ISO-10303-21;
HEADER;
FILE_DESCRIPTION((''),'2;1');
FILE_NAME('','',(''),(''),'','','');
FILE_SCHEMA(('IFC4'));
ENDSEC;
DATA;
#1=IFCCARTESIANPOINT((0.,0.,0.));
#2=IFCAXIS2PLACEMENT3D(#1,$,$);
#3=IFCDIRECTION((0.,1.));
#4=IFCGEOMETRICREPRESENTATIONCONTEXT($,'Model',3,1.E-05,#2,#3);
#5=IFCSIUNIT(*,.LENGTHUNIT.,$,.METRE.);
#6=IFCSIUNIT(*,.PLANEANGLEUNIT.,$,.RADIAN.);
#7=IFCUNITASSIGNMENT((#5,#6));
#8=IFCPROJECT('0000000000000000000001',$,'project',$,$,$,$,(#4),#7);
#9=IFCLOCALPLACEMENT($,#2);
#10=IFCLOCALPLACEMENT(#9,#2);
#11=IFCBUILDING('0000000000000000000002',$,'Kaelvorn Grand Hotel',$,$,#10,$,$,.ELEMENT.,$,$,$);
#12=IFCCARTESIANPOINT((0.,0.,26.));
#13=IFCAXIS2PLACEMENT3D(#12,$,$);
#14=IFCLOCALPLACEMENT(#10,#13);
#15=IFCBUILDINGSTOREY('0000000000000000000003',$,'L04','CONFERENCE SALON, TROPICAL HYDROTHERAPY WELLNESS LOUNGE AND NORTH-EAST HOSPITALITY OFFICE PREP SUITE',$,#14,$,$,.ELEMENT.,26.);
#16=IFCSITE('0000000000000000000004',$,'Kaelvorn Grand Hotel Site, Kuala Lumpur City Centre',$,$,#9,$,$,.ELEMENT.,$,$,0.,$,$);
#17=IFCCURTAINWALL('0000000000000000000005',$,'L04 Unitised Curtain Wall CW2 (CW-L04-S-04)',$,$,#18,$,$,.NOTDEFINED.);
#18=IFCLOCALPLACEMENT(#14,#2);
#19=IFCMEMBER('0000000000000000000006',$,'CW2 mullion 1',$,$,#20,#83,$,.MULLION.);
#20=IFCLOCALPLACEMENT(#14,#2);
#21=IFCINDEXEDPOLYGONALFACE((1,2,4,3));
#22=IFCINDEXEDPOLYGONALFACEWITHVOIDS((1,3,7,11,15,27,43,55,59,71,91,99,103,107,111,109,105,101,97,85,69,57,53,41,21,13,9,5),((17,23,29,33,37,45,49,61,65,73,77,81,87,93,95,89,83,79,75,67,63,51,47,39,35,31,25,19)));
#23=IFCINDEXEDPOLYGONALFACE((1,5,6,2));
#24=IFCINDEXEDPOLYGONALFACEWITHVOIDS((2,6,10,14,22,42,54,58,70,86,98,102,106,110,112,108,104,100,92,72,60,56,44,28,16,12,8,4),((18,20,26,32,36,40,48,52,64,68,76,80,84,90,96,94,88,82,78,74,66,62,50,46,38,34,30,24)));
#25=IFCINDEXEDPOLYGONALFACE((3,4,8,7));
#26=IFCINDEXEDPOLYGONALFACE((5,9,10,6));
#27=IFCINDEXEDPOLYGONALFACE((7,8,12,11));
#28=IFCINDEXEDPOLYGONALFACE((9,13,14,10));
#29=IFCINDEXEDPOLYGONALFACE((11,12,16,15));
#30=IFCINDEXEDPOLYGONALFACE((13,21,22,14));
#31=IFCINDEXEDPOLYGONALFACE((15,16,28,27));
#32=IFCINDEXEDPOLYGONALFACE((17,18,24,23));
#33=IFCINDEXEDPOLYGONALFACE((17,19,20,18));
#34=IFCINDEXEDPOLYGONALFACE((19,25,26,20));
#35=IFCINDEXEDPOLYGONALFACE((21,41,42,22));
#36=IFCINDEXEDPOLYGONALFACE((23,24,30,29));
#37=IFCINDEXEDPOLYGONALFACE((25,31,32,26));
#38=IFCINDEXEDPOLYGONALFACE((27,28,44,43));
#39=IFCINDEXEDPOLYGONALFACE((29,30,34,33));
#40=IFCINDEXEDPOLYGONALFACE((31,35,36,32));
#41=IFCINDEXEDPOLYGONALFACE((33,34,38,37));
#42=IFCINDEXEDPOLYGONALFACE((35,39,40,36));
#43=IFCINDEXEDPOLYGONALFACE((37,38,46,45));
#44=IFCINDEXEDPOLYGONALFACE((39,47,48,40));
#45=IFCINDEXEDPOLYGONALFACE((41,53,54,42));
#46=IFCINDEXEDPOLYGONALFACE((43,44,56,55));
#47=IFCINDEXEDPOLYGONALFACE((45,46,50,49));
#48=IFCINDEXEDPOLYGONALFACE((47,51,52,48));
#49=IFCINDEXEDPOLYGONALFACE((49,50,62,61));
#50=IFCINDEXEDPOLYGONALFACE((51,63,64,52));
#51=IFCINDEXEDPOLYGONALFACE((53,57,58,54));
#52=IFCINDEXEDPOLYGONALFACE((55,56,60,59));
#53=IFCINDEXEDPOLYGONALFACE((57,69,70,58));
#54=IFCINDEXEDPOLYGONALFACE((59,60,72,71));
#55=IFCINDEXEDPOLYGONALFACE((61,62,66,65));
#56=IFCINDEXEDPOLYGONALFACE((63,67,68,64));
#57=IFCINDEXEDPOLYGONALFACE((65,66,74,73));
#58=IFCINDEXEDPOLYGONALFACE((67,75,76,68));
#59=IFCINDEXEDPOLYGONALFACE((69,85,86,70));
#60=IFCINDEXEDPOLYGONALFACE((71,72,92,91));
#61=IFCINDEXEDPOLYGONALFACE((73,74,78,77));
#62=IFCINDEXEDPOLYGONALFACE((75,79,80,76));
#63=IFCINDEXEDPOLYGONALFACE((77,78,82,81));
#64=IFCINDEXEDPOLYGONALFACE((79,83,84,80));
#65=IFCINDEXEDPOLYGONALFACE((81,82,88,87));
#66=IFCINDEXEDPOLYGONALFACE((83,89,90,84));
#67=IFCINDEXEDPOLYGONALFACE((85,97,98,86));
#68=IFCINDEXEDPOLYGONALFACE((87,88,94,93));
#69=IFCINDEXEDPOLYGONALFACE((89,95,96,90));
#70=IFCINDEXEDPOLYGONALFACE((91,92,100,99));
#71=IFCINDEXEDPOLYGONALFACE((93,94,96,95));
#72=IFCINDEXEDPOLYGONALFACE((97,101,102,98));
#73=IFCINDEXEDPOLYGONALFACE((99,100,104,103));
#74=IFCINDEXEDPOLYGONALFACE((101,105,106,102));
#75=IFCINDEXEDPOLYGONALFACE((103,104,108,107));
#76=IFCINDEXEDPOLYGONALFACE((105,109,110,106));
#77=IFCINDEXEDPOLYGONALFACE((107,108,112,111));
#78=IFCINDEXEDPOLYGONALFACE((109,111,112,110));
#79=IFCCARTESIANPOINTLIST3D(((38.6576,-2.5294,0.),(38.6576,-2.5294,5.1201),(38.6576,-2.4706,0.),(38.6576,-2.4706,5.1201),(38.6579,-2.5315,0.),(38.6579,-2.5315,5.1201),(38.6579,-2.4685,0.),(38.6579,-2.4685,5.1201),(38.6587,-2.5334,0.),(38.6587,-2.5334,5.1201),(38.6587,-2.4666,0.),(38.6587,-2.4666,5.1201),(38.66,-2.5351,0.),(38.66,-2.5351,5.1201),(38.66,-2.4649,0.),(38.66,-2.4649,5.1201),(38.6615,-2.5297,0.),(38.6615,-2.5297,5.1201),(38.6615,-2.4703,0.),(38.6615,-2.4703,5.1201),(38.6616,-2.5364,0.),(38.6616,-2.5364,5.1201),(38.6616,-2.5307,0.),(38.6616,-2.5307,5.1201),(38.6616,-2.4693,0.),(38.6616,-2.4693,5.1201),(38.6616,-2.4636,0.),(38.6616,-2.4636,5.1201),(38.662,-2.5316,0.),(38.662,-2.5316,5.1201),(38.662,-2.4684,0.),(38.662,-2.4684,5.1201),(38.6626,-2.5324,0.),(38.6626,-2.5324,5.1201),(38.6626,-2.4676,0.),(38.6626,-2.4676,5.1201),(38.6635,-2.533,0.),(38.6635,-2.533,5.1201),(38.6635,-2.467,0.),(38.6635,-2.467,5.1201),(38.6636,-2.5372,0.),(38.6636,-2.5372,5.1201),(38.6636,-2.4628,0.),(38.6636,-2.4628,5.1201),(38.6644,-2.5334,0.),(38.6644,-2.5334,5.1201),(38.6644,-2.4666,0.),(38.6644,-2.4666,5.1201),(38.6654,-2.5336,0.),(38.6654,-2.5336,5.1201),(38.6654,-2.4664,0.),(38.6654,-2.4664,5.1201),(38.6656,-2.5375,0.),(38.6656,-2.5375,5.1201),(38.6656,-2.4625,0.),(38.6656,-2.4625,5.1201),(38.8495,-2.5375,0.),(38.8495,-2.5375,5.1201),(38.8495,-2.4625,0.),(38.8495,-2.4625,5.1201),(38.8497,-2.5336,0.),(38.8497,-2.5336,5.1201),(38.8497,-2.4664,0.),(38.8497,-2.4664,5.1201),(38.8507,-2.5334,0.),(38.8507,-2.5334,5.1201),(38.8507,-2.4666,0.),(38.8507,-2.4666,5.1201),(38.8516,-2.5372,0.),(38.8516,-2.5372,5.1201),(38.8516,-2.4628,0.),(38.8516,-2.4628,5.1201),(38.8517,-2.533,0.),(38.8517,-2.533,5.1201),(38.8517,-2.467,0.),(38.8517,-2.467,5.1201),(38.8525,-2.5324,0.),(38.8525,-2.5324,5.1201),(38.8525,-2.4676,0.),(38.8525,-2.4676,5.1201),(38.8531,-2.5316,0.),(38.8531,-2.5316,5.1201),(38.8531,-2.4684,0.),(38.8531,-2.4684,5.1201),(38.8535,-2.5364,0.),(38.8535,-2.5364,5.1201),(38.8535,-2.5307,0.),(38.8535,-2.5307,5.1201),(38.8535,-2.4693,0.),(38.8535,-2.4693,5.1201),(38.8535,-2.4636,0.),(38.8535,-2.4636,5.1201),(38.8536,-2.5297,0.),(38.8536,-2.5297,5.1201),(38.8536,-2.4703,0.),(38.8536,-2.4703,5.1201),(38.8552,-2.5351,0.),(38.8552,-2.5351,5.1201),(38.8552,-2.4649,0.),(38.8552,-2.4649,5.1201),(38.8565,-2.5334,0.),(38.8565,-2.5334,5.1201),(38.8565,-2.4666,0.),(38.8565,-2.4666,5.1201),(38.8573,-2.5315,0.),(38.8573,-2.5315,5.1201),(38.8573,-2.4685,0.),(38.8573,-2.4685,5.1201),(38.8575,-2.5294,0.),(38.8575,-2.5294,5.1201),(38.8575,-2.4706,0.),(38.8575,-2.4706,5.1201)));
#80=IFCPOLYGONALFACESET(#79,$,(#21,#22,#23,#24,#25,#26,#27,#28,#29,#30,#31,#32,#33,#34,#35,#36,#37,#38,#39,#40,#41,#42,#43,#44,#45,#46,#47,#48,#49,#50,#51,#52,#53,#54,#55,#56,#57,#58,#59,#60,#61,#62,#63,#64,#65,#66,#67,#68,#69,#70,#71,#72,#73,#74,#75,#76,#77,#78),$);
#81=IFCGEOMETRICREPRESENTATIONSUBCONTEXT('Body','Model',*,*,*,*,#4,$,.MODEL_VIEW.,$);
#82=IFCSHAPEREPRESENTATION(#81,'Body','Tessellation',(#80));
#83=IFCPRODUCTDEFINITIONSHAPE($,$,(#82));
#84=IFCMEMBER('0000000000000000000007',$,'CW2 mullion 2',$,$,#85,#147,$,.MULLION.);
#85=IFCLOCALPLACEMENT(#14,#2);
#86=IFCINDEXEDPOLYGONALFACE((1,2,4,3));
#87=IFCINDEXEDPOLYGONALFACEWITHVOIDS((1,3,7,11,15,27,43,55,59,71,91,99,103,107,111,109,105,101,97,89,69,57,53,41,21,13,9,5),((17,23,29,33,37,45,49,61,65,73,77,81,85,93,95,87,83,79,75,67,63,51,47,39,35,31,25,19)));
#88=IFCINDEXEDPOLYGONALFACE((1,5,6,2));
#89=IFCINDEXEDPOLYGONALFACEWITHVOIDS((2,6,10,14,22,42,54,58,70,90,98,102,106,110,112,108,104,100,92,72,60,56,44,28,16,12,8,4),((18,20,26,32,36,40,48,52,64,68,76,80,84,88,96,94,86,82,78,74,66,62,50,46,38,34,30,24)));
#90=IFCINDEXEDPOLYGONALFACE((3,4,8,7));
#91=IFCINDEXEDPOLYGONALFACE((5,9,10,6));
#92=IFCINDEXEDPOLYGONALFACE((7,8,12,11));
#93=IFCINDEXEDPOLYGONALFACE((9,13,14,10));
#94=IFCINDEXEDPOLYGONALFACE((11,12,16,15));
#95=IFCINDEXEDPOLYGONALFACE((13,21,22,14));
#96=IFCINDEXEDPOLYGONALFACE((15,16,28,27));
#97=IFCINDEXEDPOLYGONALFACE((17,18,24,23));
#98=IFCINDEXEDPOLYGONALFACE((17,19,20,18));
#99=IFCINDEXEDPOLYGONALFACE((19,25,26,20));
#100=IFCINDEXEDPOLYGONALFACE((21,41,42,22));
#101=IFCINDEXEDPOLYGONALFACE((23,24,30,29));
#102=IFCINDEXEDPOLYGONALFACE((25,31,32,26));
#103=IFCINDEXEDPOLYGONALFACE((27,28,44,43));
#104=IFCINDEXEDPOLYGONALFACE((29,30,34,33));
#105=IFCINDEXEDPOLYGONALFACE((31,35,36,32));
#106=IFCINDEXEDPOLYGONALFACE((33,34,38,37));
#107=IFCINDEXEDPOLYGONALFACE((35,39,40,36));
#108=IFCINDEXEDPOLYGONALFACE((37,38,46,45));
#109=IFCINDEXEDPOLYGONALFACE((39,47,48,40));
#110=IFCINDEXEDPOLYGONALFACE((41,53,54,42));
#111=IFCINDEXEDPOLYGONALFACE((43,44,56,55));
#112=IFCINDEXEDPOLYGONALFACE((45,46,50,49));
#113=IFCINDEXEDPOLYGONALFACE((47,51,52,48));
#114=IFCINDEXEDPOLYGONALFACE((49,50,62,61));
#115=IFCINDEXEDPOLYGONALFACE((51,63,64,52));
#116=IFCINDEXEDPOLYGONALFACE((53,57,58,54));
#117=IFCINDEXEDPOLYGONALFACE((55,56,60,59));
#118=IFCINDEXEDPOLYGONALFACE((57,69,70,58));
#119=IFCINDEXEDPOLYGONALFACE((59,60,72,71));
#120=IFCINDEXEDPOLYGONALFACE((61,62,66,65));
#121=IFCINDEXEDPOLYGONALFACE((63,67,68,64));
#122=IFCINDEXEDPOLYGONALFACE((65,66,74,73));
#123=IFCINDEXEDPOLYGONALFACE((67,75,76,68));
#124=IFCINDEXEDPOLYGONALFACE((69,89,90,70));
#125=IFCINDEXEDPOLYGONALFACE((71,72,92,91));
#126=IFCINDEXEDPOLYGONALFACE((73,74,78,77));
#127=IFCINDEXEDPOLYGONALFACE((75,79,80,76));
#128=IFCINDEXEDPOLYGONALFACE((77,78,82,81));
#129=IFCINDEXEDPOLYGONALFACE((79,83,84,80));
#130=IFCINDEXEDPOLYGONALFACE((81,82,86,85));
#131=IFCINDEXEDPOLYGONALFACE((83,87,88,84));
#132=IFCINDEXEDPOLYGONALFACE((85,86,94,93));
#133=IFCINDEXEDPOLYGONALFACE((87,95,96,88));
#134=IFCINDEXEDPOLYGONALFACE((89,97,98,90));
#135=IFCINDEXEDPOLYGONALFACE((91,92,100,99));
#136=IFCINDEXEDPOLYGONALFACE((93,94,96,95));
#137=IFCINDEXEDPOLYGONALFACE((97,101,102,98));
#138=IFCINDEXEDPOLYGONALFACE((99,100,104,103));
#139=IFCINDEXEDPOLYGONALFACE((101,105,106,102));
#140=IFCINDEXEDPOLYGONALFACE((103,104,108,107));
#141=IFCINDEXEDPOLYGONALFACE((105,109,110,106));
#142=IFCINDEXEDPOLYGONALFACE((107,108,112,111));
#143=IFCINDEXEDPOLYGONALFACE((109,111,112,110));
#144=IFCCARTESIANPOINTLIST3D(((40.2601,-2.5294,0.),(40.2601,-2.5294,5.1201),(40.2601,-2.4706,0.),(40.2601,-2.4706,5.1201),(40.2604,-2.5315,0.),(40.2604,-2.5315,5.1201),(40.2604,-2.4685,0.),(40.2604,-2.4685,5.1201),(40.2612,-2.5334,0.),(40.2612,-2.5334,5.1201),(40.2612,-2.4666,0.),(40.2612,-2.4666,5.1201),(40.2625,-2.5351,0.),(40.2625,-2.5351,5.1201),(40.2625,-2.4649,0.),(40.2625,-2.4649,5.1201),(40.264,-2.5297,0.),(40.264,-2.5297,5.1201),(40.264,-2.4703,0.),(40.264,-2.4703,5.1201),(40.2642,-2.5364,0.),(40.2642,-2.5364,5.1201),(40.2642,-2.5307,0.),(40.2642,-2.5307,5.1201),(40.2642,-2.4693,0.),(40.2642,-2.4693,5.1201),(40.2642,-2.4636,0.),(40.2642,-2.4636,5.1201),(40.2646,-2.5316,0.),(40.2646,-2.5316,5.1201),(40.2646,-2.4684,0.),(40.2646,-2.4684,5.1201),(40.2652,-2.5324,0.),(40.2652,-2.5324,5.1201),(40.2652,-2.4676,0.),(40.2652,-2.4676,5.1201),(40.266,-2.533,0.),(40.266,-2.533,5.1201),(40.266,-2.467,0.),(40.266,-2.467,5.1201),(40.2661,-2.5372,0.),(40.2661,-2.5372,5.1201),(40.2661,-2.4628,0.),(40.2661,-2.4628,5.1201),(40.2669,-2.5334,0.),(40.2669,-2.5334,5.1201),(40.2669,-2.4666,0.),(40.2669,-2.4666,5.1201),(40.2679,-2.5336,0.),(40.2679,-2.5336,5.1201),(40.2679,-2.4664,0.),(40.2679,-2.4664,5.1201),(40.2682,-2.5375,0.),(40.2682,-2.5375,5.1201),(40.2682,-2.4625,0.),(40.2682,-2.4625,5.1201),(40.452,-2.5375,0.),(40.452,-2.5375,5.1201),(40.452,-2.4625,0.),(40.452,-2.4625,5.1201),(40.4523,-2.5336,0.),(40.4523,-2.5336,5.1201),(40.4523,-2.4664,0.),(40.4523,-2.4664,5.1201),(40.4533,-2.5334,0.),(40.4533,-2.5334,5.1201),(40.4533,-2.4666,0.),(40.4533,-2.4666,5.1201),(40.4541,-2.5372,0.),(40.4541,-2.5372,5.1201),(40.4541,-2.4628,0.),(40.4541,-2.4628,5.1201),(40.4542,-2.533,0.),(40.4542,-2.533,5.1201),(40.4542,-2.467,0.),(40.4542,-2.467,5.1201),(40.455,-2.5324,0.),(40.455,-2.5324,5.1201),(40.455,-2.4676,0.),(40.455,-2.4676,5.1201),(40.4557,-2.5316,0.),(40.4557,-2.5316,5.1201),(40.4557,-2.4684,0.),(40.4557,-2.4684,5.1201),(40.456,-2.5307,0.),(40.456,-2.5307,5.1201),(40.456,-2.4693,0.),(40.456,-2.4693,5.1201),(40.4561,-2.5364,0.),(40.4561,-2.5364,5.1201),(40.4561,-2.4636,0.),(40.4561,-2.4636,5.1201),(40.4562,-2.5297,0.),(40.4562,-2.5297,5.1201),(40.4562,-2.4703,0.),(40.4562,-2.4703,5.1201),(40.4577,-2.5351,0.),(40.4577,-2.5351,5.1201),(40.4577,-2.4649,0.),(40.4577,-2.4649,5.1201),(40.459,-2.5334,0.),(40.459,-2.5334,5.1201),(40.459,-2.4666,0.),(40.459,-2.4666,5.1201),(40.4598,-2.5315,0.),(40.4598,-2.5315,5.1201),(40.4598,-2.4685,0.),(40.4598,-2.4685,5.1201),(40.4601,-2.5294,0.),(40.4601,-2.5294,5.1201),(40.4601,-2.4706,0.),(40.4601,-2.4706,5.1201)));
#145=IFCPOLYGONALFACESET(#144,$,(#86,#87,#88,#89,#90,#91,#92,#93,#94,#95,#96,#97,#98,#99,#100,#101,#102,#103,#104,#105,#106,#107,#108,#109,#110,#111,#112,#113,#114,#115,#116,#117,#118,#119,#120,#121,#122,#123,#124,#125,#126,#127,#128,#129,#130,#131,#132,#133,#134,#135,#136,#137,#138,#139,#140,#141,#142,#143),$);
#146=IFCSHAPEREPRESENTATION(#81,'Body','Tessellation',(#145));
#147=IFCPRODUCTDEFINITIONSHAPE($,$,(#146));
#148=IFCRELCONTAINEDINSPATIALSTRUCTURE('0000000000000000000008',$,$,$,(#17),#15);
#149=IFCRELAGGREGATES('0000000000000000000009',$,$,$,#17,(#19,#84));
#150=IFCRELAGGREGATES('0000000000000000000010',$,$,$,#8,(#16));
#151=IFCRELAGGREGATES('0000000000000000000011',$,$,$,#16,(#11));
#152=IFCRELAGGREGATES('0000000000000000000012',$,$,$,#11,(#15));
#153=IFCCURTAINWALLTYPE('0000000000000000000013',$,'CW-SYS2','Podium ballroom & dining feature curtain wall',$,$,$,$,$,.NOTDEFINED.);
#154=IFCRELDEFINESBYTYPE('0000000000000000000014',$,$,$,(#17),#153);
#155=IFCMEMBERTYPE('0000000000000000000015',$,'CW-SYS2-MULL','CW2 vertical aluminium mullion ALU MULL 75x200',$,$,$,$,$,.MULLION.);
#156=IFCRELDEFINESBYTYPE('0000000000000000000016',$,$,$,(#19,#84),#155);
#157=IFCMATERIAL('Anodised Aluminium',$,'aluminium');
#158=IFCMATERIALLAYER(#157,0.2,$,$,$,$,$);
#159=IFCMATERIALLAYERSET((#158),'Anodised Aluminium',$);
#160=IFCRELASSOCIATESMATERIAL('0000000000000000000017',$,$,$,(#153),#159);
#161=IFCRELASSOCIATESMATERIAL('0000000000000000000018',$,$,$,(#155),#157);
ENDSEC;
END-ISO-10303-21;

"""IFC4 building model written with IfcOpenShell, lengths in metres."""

from ifc_helpers import new_model, si_unit, direction, frame, origin, origin_2d, place, context, subcontext, project, spatial, hollow_rectangle, extrude, material, layer, layer_set, material_profile, profile_set, type_object, element, aggregate, save


model = new_model("IFC4")

# Units and contexts
model_context = context("Model", 3, precision=1e-05, world=origin(), true_north=direction((0.0, 1.0)))
body_context = subcontext(model_context, "Body", "Model", "MODEL_VIEW")
ifc_project = project(units=[si_unit("LENGTHUNIT", "METRE"), si_unit("PLANEANGLEUNIT", "RADIAN")], contexts=[model_context])

# Site, building, storey
site_placement = place(None, origin())
site = spatial("IfcSite", under=ifc_project, at=site_placement, Name="Kaelvorn Grand Hotel Site, Kuala Lumpur City Centre", CompositionType="ELEMENT", RefElevation=0.0)
building_placement = place(site_placement, origin())
building = spatial("IfcBuilding", under=site, at=building_placement, Name="Kaelvorn Grand Hotel", CompositionType="ELEMENT")
storey_placement = place(building_placement, frame((0.0, 0.0, 26.0)))
storey = spatial("IfcBuildingStorey", under=building, at=storey_placement, Name="L04", Description="CONFERENCE SALON, TROPICAL HYDROTHERAPY WELLNESS LOUNGE AND NORTH-EAST HOSPITALITY OFFICE PREP SUITE", CompositionType="ELEMENT", Elevation=26.0)

# Curtain wall, members
ifc_material_1 = material(Name="Anodised Aluminium", Category="aluminium")
ifc_layer_1 = layer(ifc_material_1, 0.2)
ifc_layer_set_1 = layer_set([ifc_layer_1], Name="Anodised Aluminium")
curtain_wall_type = type_object("IfcCurtainWallType", Name="CW-SYS2", Description="Podium ballroom & dining feature curtain wall", PredefinedType="NOTDEFINED", material=ifc_layer_set_1)
ifc_material_profile_1 = material_profile(ifc_material_1, hollow_rectangle(XDim=0.075, YDim=0.2, WallThickness=0.0039, InnerFilletRadius=0.0039, OuterFilletRadius=0.0081, at=origin_2d()), Name="ALU MULL 75x200")
ifc_profile_set_1 = profile_set([ifc_material_profile_1], Name="Anodised Aluminium")
member_type_1 = type_object("IfcMemberType", Name="CW-SYS2-MULL", Description="CW2 vertical aluminium mullion ALU MULL 75x200", PredefinedType="MULLION", material=ifc_profile_set_1)
curtain_wall_1_placement = place(storey_placement, origin())
curtain_wall_1 = element("IfcCurtainWall", 1, at=curtain_wall_1_placement, inside=storey, type_object=curtain_wall_type, Name="L04 Unitised Curtain Wall CW2 (CW-L04-S-04)", PredefinedType="NOTDEFINED")
member_1_placement = place(storey_placement, frame((38.7576, -2.5, 0.0), z_axis=(0.0, 0.0, 1.0), x_axis=(0.0, 1.0, 0.0)))
member_1 = element("IfcMember", 2, at=member_1_placement, type_object=member_type_1, Name="CW2 mullion 1", PredefinedType="MULLION", context=body_context, shape_type="SweptSolid", body=[
    extrude(hollow_rectangle(XDim=0.075, YDim=0.2, WallThickness=0.0039, InnerFilletRadius=0.0039, OuterFilletRadius=0.0081, at=origin_2d()), origin(), (0.0, 0.0, 1.0), 5.1201),
])
member_2_placement = place(storey_placement, frame((40.3601, -2.5, 0.0), z_axis=(0.0, 0.0, 1.0), x_axis=(0.0, 1.0, 0.0)))
member_2 = element("IfcMember", 3, at=member_2_placement, type_object=member_type_1, Name="CW2 mullion 2", PredefinedType="MULLION", context=body_context, shape_type="SweptSolid", body=[
    extrude(hollow_rectangle(XDim=0.075, YDim=0.2, WallThickness=0.0039, InnerFilletRadius=0.0039, OuterFilletRadius=0.0081, at=origin_2d()), origin(), (0.0, 0.0, 1.0), 5.1201),
])

aggregate(curtain_wall_1, [member_1, member_2])

save(model, "model.ifc")
